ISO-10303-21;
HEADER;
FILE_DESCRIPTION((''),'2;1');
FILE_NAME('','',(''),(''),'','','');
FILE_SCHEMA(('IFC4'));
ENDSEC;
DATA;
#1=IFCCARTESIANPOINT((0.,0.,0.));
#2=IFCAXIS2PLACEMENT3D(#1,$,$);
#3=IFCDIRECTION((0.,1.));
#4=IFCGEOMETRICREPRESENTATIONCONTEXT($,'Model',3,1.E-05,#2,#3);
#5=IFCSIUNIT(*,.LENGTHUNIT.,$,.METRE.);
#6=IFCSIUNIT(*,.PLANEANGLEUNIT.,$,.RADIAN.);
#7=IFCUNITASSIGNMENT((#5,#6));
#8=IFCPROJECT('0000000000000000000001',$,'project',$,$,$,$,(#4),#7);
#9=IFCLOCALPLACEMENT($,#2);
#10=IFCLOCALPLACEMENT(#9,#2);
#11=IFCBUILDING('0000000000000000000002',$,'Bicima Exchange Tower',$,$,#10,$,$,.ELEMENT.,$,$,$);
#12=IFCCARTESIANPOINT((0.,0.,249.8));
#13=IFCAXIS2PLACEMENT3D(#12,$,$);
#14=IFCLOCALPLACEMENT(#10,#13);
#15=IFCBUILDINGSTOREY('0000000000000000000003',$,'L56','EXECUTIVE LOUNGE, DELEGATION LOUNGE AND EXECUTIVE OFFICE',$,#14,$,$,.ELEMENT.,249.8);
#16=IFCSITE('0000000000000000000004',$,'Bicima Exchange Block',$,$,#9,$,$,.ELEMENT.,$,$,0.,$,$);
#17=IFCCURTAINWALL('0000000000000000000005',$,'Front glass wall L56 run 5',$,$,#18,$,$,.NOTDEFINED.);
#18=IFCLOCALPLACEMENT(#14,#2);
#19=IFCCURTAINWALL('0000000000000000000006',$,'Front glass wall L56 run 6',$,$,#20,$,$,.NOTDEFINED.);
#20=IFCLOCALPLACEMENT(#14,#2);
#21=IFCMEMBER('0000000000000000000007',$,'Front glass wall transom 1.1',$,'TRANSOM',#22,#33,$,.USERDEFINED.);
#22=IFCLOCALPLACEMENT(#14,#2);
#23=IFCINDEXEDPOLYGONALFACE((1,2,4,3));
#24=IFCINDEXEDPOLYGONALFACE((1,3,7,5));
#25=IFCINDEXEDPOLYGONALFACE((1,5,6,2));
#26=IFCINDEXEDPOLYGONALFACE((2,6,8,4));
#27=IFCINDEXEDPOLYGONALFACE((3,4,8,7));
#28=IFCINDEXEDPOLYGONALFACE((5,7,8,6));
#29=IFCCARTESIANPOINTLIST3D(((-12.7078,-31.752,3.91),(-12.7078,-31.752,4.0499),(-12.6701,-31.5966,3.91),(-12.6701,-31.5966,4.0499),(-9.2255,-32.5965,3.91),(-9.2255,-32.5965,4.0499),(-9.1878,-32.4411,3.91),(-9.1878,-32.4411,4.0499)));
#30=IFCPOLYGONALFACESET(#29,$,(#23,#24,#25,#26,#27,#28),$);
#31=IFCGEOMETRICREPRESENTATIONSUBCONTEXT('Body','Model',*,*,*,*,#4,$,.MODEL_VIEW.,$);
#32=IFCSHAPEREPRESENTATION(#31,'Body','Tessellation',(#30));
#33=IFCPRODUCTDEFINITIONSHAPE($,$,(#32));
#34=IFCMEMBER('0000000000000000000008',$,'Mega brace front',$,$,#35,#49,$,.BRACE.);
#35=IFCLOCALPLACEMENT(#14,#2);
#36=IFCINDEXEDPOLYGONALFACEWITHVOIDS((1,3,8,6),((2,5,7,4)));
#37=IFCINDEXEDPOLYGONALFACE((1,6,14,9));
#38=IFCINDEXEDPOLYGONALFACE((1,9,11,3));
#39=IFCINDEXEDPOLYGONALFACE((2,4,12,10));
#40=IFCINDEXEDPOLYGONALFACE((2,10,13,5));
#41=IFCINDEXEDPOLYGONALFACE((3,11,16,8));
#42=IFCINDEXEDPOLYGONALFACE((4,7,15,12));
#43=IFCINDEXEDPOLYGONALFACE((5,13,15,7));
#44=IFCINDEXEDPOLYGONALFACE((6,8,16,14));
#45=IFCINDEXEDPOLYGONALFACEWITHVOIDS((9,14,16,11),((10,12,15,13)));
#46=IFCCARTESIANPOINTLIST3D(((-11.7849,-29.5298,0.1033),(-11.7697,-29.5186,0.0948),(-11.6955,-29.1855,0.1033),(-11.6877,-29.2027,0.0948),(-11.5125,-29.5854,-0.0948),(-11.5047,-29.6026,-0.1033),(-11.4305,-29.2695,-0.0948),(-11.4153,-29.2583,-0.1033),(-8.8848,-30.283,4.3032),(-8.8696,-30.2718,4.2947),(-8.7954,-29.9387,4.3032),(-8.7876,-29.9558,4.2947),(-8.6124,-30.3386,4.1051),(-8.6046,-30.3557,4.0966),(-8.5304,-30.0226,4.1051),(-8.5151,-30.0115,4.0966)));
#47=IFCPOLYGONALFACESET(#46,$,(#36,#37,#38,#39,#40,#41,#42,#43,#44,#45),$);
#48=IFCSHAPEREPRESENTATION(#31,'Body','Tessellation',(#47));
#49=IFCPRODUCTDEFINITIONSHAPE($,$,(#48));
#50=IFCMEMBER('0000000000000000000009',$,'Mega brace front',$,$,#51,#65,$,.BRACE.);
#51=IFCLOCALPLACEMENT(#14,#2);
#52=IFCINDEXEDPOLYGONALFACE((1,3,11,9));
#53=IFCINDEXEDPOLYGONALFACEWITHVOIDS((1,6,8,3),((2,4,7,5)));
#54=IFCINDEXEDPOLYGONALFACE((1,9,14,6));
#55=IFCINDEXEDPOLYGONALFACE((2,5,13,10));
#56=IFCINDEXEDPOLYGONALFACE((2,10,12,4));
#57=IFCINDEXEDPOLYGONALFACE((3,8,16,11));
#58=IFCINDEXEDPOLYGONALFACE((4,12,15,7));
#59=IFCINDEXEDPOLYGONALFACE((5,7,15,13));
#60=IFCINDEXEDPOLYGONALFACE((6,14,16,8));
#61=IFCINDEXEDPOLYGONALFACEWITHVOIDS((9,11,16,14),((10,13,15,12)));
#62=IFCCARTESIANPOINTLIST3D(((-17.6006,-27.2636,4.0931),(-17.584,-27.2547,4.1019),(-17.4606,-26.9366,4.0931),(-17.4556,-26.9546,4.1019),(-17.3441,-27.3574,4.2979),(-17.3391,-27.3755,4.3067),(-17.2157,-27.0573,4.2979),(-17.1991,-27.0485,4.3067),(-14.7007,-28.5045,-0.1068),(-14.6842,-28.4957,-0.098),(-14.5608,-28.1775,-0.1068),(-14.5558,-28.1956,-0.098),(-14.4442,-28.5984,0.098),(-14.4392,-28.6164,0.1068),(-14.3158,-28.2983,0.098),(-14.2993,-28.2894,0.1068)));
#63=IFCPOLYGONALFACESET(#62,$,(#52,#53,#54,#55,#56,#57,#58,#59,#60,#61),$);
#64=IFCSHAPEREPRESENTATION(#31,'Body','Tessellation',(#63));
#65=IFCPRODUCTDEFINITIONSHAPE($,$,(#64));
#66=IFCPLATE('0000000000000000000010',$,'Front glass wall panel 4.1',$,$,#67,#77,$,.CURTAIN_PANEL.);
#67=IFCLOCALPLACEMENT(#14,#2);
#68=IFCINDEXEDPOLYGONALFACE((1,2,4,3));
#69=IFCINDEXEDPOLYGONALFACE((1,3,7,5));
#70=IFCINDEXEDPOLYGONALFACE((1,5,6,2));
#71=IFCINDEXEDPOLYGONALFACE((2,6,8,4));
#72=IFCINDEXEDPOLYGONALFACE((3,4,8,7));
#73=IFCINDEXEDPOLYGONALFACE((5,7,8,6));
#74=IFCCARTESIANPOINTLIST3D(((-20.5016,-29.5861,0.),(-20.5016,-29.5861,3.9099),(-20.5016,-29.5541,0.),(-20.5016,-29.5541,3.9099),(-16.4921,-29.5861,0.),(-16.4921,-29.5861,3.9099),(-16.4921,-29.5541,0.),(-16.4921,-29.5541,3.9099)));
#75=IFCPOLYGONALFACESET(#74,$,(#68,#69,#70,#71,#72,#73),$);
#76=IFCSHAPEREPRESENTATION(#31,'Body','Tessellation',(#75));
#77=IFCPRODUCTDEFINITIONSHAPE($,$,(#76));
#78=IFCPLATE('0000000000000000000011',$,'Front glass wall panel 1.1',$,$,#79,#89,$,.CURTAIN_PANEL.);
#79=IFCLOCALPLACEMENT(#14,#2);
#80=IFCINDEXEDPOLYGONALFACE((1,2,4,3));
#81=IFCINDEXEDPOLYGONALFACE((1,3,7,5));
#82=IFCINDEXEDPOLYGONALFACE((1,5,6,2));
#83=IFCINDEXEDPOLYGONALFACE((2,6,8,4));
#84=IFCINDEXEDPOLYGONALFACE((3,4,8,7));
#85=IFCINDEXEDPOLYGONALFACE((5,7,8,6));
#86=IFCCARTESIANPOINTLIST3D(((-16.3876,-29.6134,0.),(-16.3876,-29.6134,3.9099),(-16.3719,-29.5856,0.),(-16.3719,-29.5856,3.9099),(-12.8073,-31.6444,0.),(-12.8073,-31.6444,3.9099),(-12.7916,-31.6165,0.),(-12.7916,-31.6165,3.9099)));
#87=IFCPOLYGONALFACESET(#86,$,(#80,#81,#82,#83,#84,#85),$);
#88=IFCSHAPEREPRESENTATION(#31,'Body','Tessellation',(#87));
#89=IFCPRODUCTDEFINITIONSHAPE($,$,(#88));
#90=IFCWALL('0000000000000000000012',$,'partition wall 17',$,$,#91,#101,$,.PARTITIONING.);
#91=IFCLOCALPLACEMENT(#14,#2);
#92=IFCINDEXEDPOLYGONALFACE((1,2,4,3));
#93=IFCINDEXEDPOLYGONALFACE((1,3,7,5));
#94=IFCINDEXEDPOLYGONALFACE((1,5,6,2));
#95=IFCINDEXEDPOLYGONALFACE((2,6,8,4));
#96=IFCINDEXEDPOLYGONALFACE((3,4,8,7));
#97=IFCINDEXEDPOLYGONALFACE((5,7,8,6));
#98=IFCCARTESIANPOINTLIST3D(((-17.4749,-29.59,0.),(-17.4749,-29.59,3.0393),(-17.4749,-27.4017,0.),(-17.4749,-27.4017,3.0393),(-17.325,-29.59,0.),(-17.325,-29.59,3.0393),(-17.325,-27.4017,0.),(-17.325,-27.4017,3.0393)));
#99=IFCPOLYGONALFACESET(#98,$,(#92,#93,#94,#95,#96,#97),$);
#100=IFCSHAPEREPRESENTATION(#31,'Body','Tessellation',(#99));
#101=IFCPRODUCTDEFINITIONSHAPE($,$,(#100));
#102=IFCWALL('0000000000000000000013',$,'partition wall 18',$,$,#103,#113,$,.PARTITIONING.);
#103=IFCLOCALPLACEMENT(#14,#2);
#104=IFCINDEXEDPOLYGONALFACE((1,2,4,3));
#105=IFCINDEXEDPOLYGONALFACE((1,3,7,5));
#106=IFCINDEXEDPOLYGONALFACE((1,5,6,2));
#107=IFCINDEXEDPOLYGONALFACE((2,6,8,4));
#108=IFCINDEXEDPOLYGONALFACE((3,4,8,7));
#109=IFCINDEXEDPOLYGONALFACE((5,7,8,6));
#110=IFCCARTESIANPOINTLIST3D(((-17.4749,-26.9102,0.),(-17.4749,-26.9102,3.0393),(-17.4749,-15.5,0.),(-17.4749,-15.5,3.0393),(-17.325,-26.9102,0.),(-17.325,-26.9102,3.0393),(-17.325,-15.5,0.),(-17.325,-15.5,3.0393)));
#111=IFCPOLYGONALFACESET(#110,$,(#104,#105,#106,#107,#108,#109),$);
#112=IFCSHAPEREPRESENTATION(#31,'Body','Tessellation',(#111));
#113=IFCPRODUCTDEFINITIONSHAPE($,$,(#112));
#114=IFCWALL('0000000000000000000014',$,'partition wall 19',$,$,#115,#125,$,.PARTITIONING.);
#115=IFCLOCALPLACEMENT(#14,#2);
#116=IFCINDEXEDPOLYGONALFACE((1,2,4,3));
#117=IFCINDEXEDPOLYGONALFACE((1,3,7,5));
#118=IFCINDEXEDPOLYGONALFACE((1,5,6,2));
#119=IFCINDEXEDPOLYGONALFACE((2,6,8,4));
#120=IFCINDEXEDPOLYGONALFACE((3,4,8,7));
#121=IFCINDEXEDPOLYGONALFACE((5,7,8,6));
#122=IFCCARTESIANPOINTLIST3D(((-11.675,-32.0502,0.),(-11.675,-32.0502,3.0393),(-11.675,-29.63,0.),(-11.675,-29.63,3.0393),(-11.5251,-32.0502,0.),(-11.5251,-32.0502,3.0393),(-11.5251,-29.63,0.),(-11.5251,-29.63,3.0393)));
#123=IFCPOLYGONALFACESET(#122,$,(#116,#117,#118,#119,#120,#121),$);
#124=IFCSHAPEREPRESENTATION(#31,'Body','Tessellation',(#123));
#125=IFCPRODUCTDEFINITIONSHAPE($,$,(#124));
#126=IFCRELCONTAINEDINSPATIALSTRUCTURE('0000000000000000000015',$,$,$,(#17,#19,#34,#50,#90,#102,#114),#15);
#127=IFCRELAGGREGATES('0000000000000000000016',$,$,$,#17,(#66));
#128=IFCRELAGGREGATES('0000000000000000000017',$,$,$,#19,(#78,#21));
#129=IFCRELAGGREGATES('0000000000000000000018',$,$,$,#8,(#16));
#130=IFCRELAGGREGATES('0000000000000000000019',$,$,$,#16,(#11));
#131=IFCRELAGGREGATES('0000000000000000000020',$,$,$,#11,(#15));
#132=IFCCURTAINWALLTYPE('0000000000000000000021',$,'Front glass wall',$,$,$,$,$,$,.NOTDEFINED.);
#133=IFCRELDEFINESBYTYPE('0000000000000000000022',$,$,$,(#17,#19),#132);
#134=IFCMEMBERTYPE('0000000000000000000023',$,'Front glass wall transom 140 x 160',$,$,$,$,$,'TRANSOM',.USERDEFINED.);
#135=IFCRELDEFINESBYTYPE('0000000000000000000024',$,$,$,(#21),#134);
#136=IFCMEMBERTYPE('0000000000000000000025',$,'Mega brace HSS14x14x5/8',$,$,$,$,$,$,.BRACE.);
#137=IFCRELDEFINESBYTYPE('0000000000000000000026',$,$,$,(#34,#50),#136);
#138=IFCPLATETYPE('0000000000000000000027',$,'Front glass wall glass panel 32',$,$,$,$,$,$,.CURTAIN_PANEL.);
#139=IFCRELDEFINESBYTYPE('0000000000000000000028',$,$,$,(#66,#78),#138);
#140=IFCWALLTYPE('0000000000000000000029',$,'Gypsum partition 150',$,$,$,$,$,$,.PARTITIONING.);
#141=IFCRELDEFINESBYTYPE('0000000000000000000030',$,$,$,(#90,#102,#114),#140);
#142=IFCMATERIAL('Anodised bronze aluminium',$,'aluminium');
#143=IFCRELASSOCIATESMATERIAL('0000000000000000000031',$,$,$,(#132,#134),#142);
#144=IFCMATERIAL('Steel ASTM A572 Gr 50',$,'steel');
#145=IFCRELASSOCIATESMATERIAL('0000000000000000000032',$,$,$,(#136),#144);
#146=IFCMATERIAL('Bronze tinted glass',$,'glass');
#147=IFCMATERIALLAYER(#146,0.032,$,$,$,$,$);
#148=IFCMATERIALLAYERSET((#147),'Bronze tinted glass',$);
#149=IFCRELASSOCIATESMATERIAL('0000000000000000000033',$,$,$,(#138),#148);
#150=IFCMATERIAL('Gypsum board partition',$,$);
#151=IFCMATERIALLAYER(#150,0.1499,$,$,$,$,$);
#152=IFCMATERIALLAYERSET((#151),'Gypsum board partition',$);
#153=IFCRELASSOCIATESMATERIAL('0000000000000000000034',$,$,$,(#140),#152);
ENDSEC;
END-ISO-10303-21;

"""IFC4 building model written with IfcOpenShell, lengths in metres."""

from ifc_helpers import new_model, si_unit, direction, frame, frame_2d, origin, origin_2d, place, context, subcontext, project, spatial, rectangle, hollow_rectangle, extrude, material, layer, layer_set, material_profile, profile_set, type_object, element, aggregate, save


model = new_model("IFC4")

# Units and contexts
model_context = context("Model", 3, precision=1e-05, world=origin(), true_north=direction((0.0, 1.0)))
body_context = subcontext(model_context, "Body", "Model", "MODEL_VIEW")
ifc_project = project(units=[si_unit("LENGTHUNIT", "METRE"), si_unit("PLANEANGLEUNIT", "RADIAN")], contexts=[model_context])

# Site, building, storey
site_placement = place(None, origin())
site = spatial("IfcSite", under=ifc_project, at=site_placement, Name="Bicima Exchange Block", CompositionType="ELEMENT", RefElevation=0.0)
building_placement = place(site_placement, origin())
building = spatial("IfcBuilding", under=site, at=building_placement, Name="Bicima Exchange Tower", CompositionType="ELEMENT")
storey_placement = place(building_placement, frame((0.0, 0.0, 249.8)))
storey = spatial("IfcBuildingStorey", under=building, at=storey_placement, Name="L56", Description="EXECUTIVE LOUNGE, DELEGATION LOUNGE AND EXECUTIVE OFFICE", CompositionType="ELEMENT", Elevation=249.8)

# Curtain walls
ifc_material_1 = material(Name="Anodised bronze aluminium", Category="aluminium")
curtain_wall_type = type_object("IfcCurtainWallType", Name="Front glass wall", PredefinedType="NOTDEFINED", material=ifc_material_1)
curtain_wall_1_placement = place(storey_placement, origin())
curtain_wall_1 = element("IfcCurtainWall", 1, at=curtain_wall_1_placement, inside=storey, type_object=curtain_wall_type, Name="Front glass wall L56 run 5", PredefinedType="NOTDEFINED")
curtain_wall_2_placement = place(storey_placement, origin())
curtain_wall_2 = element("IfcCurtainWall", 2, at=curtain_wall_2_placement, inside=storey, type_object=curtain_wall_type, Name="Front glass wall L56 run 6", PredefinedType="NOTDEFINED")

# Member
ifc_material_profile_1 = material_profile(ifc_material_1, rectangle(XDim=0.1599, YDim=0.1399, at=origin_2d()))
ifc_profile_set_1 = profile_set([ifc_material_profile_1], Name="Anodised bronze aluminium")
member_type_1 = type_object("IfcMemberType", Name="Front glass wall transom 140 x 160", ElementType="TRANSOM", PredefinedType="USERDEFINED", material=ifc_profile_set_1)
member_1_placement = place(storey_placement, frame((-12.689, -31.6743, 3.98), z_axis=(0.971834, -0.235668, 0.0), x_axis=(0.235668, 0.971834, 0.0)))
member_1 = element("IfcMember", 3, at=member_1_placement, type_object=member_type_1, Name="Front glass wall transom 1.1", ObjectType="TRANSOM", PredefinedType="USERDEFINED", context=body_context, shape_type="SweptSolid", body=[
    extrude(rectangle(XDim=0.1599, YDim=0.1399, at=origin_2d()), origin(), (0.0, 0.0, 1.0), 3.5833),
])

# Members
ifc_material_2 = material(Name="Steel ASTM A572 Gr 50", Category="steel")
ifc_material_profile_2 = material_profile(ifc_material_2, hollow_rectangle(XDim=0.3557, YDim=0.3557, WallThickness=0.0146, at=origin_2d()))
ifc_profile_set_2 = profile_set([ifc_material_profile_2], Name="Steel ASTM A572 Gr 50")
member_type_2 = type_object("IfcMemberType", Name="Mega brace HSS14x14x5/8", PredefinedType="BRACE", material=ifc_profile_set_2)
member_2_placement = place(storey_placement, frame((-11.6001, -29.394, 0.0), z_axis=(0.562127, -0.145986, 0.814065), x_axis=(0.251364, 0.967893, 0.0)))
element("IfcMember", 4, at=member_2_placement, inside=storey, type_object=member_type_2, Name="Mega brace front", PredefinedType="BRACE", context=body_context, shape_type="SweptSolid", body=[
    extrude(hollow_rectangle(XDim=0.3557, YDim=0.3557, WallThickness=0.0146, at=origin_2d()), origin(), (0.0, 0.0, 1.0), 5.1592),
])
member_3_placement = place(storey_placement, frame((-14.5, -28.397, 0.0), z_axis=(-0.552097, 0.236261, 0.799606), x_axis=(-0.393424, -0.919357, 0.0)))
element("IfcMember", 5, at=member_3_placement, inside=storey, type_object=member_type_2, Name="Mega brace front", PredefinedType="BRACE", context=body_context, shape_type="SweptSolid", body=[
    extrude(hollow_rectangle(XDim=0.3557, YDim=0.3557, WallThickness=0.0146, at=origin_2d()), origin(), (0.0, 0.0, 1.0), 5.2524),
])

# Plates
ifc_material_3 = material(Name="Bronze tinted glass", Category="glass")
ifc_layer_1 = layer(ifc_material_3, 0.032)
ifc_layer_set_1 = layer_set([ifc_layer_1], Name="Bronze tinted glass")
plate_type = type_object("IfcPlateType", Name="Front glass wall glass panel 32", PredefinedType="CURTAIN_PANEL", material=ifc_layer_set_1)
plate_1_placement = place(storey_placement, frame((-18.4968, -29.5701, 0.0), z_axis=(0.0, 0.0, 1.0), x_axis=(1.0, 0.0, 0.0)))
plate_1 = element("IfcPlate", 6, at=plate_1_placement, type_object=plate_type, Name="Front glass wall panel 4.1", PredefinedType="CURTAIN_PANEL", context=body_context, shape_type="SweptSolid", body=[
    extrude(rectangle(XDim=4.0095, YDim=0.032, at=origin_2d()), origin(), (0.0, 0.0, 1.0), 3.9099),
])
aggregate(curtain_wall_1, [plate_1])
plate_2_placement = place(storey_placement, frame((-14.5896, -30.615, 0.0), z_axis=(0.0, 0.0, 1.0), x_axis=(0.869805, -0.493395, 0.0)))
plate_2 = element("IfcPlate", 7, at=plate_2_placement, type_object=plate_type, Name="Front glass wall panel 1.1", PredefinedType="CURTAIN_PANEL", context=body_context, shape_type="SweptSolid", body=[
    extrude(rectangle(XDim=4.1162, YDim=0.032, at=origin_2d()), origin(), (0.0, 0.0, 1.0), 3.9099),
])
aggregate(curtain_wall_2, [plate_2, member_1])

# Walls
ifc_material_4 = material(Name="Gypsum board partition")
ifc_layer_2 = layer(ifc_material_4, 0.1499)
ifc_layer_set_2 = layer_set([ifc_layer_2], Name="Gypsum board partition")
wall_type = type_object("IfcWallType", Name="Gypsum partition 150", PredefinedType="PARTITIONING", material=ifc_layer_set_2)
wall_1_placement = place(storey_placement, frame((-17.3999, -29.5901, 0.0), z_axis=(0.0, 0.0, 1.0), x_axis=(0.0, 1.0, 0.0)))
element("IfcWall", 8, at=wall_1_placement, inside=storey, type_object=wall_type, Name="partition wall 17", PredefinedType="PARTITIONING", context=body_context, shape_type="SweptSolid", body=[
    extrude(rectangle(XDim=2.1882, YDim=0.1499, at=frame_2d((1.0942, 0.0))), origin(), (0.0, 0.0, 1.0), 3.0393),
])
wall_2_placement = place(storey_placement, frame((-17.3999, -26.9102, 0.0), z_axis=(0.0, 0.0, 1.0), x_axis=(0.0, 1.0, 0.0)))
element("IfcWall", 9, at=wall_2_placement, inside=storey, type_object=wall_type, Name="partition wall 18", PredefinedType="PARTITIONING", context=body_context, shape_type="SweptSolid", body=[
    extrude(rectangle(XDim=11.4102, YDim=0.1499, at=frame_2d((5.7051, 0.0))), origin(), (0.0, 0.0, 1.0), 3.0393),
])
wall_3_placement = place(storey_placement, frame((-11.6001, -32.05, 0.0), z_axis=(0.0, 0.0, 1.0), x_axis=(0.0, 1.0, 0.0)))
element("IfcWall", 10, at=wall_3_placement, inside=storey, type_object=wall_type, Name="partition wall 19", PredefinedType="PARTITIONING", context=body_context, shape_type="SweptSolid", body=[
    extrude(rectangle(XDim=2.4202, YDim=0.1499, at=frame_2d((1.21, 0.0))), origin(), (0.0, 0.0, 1.0), 3.0393),
])

save(model, "model.ifc")
